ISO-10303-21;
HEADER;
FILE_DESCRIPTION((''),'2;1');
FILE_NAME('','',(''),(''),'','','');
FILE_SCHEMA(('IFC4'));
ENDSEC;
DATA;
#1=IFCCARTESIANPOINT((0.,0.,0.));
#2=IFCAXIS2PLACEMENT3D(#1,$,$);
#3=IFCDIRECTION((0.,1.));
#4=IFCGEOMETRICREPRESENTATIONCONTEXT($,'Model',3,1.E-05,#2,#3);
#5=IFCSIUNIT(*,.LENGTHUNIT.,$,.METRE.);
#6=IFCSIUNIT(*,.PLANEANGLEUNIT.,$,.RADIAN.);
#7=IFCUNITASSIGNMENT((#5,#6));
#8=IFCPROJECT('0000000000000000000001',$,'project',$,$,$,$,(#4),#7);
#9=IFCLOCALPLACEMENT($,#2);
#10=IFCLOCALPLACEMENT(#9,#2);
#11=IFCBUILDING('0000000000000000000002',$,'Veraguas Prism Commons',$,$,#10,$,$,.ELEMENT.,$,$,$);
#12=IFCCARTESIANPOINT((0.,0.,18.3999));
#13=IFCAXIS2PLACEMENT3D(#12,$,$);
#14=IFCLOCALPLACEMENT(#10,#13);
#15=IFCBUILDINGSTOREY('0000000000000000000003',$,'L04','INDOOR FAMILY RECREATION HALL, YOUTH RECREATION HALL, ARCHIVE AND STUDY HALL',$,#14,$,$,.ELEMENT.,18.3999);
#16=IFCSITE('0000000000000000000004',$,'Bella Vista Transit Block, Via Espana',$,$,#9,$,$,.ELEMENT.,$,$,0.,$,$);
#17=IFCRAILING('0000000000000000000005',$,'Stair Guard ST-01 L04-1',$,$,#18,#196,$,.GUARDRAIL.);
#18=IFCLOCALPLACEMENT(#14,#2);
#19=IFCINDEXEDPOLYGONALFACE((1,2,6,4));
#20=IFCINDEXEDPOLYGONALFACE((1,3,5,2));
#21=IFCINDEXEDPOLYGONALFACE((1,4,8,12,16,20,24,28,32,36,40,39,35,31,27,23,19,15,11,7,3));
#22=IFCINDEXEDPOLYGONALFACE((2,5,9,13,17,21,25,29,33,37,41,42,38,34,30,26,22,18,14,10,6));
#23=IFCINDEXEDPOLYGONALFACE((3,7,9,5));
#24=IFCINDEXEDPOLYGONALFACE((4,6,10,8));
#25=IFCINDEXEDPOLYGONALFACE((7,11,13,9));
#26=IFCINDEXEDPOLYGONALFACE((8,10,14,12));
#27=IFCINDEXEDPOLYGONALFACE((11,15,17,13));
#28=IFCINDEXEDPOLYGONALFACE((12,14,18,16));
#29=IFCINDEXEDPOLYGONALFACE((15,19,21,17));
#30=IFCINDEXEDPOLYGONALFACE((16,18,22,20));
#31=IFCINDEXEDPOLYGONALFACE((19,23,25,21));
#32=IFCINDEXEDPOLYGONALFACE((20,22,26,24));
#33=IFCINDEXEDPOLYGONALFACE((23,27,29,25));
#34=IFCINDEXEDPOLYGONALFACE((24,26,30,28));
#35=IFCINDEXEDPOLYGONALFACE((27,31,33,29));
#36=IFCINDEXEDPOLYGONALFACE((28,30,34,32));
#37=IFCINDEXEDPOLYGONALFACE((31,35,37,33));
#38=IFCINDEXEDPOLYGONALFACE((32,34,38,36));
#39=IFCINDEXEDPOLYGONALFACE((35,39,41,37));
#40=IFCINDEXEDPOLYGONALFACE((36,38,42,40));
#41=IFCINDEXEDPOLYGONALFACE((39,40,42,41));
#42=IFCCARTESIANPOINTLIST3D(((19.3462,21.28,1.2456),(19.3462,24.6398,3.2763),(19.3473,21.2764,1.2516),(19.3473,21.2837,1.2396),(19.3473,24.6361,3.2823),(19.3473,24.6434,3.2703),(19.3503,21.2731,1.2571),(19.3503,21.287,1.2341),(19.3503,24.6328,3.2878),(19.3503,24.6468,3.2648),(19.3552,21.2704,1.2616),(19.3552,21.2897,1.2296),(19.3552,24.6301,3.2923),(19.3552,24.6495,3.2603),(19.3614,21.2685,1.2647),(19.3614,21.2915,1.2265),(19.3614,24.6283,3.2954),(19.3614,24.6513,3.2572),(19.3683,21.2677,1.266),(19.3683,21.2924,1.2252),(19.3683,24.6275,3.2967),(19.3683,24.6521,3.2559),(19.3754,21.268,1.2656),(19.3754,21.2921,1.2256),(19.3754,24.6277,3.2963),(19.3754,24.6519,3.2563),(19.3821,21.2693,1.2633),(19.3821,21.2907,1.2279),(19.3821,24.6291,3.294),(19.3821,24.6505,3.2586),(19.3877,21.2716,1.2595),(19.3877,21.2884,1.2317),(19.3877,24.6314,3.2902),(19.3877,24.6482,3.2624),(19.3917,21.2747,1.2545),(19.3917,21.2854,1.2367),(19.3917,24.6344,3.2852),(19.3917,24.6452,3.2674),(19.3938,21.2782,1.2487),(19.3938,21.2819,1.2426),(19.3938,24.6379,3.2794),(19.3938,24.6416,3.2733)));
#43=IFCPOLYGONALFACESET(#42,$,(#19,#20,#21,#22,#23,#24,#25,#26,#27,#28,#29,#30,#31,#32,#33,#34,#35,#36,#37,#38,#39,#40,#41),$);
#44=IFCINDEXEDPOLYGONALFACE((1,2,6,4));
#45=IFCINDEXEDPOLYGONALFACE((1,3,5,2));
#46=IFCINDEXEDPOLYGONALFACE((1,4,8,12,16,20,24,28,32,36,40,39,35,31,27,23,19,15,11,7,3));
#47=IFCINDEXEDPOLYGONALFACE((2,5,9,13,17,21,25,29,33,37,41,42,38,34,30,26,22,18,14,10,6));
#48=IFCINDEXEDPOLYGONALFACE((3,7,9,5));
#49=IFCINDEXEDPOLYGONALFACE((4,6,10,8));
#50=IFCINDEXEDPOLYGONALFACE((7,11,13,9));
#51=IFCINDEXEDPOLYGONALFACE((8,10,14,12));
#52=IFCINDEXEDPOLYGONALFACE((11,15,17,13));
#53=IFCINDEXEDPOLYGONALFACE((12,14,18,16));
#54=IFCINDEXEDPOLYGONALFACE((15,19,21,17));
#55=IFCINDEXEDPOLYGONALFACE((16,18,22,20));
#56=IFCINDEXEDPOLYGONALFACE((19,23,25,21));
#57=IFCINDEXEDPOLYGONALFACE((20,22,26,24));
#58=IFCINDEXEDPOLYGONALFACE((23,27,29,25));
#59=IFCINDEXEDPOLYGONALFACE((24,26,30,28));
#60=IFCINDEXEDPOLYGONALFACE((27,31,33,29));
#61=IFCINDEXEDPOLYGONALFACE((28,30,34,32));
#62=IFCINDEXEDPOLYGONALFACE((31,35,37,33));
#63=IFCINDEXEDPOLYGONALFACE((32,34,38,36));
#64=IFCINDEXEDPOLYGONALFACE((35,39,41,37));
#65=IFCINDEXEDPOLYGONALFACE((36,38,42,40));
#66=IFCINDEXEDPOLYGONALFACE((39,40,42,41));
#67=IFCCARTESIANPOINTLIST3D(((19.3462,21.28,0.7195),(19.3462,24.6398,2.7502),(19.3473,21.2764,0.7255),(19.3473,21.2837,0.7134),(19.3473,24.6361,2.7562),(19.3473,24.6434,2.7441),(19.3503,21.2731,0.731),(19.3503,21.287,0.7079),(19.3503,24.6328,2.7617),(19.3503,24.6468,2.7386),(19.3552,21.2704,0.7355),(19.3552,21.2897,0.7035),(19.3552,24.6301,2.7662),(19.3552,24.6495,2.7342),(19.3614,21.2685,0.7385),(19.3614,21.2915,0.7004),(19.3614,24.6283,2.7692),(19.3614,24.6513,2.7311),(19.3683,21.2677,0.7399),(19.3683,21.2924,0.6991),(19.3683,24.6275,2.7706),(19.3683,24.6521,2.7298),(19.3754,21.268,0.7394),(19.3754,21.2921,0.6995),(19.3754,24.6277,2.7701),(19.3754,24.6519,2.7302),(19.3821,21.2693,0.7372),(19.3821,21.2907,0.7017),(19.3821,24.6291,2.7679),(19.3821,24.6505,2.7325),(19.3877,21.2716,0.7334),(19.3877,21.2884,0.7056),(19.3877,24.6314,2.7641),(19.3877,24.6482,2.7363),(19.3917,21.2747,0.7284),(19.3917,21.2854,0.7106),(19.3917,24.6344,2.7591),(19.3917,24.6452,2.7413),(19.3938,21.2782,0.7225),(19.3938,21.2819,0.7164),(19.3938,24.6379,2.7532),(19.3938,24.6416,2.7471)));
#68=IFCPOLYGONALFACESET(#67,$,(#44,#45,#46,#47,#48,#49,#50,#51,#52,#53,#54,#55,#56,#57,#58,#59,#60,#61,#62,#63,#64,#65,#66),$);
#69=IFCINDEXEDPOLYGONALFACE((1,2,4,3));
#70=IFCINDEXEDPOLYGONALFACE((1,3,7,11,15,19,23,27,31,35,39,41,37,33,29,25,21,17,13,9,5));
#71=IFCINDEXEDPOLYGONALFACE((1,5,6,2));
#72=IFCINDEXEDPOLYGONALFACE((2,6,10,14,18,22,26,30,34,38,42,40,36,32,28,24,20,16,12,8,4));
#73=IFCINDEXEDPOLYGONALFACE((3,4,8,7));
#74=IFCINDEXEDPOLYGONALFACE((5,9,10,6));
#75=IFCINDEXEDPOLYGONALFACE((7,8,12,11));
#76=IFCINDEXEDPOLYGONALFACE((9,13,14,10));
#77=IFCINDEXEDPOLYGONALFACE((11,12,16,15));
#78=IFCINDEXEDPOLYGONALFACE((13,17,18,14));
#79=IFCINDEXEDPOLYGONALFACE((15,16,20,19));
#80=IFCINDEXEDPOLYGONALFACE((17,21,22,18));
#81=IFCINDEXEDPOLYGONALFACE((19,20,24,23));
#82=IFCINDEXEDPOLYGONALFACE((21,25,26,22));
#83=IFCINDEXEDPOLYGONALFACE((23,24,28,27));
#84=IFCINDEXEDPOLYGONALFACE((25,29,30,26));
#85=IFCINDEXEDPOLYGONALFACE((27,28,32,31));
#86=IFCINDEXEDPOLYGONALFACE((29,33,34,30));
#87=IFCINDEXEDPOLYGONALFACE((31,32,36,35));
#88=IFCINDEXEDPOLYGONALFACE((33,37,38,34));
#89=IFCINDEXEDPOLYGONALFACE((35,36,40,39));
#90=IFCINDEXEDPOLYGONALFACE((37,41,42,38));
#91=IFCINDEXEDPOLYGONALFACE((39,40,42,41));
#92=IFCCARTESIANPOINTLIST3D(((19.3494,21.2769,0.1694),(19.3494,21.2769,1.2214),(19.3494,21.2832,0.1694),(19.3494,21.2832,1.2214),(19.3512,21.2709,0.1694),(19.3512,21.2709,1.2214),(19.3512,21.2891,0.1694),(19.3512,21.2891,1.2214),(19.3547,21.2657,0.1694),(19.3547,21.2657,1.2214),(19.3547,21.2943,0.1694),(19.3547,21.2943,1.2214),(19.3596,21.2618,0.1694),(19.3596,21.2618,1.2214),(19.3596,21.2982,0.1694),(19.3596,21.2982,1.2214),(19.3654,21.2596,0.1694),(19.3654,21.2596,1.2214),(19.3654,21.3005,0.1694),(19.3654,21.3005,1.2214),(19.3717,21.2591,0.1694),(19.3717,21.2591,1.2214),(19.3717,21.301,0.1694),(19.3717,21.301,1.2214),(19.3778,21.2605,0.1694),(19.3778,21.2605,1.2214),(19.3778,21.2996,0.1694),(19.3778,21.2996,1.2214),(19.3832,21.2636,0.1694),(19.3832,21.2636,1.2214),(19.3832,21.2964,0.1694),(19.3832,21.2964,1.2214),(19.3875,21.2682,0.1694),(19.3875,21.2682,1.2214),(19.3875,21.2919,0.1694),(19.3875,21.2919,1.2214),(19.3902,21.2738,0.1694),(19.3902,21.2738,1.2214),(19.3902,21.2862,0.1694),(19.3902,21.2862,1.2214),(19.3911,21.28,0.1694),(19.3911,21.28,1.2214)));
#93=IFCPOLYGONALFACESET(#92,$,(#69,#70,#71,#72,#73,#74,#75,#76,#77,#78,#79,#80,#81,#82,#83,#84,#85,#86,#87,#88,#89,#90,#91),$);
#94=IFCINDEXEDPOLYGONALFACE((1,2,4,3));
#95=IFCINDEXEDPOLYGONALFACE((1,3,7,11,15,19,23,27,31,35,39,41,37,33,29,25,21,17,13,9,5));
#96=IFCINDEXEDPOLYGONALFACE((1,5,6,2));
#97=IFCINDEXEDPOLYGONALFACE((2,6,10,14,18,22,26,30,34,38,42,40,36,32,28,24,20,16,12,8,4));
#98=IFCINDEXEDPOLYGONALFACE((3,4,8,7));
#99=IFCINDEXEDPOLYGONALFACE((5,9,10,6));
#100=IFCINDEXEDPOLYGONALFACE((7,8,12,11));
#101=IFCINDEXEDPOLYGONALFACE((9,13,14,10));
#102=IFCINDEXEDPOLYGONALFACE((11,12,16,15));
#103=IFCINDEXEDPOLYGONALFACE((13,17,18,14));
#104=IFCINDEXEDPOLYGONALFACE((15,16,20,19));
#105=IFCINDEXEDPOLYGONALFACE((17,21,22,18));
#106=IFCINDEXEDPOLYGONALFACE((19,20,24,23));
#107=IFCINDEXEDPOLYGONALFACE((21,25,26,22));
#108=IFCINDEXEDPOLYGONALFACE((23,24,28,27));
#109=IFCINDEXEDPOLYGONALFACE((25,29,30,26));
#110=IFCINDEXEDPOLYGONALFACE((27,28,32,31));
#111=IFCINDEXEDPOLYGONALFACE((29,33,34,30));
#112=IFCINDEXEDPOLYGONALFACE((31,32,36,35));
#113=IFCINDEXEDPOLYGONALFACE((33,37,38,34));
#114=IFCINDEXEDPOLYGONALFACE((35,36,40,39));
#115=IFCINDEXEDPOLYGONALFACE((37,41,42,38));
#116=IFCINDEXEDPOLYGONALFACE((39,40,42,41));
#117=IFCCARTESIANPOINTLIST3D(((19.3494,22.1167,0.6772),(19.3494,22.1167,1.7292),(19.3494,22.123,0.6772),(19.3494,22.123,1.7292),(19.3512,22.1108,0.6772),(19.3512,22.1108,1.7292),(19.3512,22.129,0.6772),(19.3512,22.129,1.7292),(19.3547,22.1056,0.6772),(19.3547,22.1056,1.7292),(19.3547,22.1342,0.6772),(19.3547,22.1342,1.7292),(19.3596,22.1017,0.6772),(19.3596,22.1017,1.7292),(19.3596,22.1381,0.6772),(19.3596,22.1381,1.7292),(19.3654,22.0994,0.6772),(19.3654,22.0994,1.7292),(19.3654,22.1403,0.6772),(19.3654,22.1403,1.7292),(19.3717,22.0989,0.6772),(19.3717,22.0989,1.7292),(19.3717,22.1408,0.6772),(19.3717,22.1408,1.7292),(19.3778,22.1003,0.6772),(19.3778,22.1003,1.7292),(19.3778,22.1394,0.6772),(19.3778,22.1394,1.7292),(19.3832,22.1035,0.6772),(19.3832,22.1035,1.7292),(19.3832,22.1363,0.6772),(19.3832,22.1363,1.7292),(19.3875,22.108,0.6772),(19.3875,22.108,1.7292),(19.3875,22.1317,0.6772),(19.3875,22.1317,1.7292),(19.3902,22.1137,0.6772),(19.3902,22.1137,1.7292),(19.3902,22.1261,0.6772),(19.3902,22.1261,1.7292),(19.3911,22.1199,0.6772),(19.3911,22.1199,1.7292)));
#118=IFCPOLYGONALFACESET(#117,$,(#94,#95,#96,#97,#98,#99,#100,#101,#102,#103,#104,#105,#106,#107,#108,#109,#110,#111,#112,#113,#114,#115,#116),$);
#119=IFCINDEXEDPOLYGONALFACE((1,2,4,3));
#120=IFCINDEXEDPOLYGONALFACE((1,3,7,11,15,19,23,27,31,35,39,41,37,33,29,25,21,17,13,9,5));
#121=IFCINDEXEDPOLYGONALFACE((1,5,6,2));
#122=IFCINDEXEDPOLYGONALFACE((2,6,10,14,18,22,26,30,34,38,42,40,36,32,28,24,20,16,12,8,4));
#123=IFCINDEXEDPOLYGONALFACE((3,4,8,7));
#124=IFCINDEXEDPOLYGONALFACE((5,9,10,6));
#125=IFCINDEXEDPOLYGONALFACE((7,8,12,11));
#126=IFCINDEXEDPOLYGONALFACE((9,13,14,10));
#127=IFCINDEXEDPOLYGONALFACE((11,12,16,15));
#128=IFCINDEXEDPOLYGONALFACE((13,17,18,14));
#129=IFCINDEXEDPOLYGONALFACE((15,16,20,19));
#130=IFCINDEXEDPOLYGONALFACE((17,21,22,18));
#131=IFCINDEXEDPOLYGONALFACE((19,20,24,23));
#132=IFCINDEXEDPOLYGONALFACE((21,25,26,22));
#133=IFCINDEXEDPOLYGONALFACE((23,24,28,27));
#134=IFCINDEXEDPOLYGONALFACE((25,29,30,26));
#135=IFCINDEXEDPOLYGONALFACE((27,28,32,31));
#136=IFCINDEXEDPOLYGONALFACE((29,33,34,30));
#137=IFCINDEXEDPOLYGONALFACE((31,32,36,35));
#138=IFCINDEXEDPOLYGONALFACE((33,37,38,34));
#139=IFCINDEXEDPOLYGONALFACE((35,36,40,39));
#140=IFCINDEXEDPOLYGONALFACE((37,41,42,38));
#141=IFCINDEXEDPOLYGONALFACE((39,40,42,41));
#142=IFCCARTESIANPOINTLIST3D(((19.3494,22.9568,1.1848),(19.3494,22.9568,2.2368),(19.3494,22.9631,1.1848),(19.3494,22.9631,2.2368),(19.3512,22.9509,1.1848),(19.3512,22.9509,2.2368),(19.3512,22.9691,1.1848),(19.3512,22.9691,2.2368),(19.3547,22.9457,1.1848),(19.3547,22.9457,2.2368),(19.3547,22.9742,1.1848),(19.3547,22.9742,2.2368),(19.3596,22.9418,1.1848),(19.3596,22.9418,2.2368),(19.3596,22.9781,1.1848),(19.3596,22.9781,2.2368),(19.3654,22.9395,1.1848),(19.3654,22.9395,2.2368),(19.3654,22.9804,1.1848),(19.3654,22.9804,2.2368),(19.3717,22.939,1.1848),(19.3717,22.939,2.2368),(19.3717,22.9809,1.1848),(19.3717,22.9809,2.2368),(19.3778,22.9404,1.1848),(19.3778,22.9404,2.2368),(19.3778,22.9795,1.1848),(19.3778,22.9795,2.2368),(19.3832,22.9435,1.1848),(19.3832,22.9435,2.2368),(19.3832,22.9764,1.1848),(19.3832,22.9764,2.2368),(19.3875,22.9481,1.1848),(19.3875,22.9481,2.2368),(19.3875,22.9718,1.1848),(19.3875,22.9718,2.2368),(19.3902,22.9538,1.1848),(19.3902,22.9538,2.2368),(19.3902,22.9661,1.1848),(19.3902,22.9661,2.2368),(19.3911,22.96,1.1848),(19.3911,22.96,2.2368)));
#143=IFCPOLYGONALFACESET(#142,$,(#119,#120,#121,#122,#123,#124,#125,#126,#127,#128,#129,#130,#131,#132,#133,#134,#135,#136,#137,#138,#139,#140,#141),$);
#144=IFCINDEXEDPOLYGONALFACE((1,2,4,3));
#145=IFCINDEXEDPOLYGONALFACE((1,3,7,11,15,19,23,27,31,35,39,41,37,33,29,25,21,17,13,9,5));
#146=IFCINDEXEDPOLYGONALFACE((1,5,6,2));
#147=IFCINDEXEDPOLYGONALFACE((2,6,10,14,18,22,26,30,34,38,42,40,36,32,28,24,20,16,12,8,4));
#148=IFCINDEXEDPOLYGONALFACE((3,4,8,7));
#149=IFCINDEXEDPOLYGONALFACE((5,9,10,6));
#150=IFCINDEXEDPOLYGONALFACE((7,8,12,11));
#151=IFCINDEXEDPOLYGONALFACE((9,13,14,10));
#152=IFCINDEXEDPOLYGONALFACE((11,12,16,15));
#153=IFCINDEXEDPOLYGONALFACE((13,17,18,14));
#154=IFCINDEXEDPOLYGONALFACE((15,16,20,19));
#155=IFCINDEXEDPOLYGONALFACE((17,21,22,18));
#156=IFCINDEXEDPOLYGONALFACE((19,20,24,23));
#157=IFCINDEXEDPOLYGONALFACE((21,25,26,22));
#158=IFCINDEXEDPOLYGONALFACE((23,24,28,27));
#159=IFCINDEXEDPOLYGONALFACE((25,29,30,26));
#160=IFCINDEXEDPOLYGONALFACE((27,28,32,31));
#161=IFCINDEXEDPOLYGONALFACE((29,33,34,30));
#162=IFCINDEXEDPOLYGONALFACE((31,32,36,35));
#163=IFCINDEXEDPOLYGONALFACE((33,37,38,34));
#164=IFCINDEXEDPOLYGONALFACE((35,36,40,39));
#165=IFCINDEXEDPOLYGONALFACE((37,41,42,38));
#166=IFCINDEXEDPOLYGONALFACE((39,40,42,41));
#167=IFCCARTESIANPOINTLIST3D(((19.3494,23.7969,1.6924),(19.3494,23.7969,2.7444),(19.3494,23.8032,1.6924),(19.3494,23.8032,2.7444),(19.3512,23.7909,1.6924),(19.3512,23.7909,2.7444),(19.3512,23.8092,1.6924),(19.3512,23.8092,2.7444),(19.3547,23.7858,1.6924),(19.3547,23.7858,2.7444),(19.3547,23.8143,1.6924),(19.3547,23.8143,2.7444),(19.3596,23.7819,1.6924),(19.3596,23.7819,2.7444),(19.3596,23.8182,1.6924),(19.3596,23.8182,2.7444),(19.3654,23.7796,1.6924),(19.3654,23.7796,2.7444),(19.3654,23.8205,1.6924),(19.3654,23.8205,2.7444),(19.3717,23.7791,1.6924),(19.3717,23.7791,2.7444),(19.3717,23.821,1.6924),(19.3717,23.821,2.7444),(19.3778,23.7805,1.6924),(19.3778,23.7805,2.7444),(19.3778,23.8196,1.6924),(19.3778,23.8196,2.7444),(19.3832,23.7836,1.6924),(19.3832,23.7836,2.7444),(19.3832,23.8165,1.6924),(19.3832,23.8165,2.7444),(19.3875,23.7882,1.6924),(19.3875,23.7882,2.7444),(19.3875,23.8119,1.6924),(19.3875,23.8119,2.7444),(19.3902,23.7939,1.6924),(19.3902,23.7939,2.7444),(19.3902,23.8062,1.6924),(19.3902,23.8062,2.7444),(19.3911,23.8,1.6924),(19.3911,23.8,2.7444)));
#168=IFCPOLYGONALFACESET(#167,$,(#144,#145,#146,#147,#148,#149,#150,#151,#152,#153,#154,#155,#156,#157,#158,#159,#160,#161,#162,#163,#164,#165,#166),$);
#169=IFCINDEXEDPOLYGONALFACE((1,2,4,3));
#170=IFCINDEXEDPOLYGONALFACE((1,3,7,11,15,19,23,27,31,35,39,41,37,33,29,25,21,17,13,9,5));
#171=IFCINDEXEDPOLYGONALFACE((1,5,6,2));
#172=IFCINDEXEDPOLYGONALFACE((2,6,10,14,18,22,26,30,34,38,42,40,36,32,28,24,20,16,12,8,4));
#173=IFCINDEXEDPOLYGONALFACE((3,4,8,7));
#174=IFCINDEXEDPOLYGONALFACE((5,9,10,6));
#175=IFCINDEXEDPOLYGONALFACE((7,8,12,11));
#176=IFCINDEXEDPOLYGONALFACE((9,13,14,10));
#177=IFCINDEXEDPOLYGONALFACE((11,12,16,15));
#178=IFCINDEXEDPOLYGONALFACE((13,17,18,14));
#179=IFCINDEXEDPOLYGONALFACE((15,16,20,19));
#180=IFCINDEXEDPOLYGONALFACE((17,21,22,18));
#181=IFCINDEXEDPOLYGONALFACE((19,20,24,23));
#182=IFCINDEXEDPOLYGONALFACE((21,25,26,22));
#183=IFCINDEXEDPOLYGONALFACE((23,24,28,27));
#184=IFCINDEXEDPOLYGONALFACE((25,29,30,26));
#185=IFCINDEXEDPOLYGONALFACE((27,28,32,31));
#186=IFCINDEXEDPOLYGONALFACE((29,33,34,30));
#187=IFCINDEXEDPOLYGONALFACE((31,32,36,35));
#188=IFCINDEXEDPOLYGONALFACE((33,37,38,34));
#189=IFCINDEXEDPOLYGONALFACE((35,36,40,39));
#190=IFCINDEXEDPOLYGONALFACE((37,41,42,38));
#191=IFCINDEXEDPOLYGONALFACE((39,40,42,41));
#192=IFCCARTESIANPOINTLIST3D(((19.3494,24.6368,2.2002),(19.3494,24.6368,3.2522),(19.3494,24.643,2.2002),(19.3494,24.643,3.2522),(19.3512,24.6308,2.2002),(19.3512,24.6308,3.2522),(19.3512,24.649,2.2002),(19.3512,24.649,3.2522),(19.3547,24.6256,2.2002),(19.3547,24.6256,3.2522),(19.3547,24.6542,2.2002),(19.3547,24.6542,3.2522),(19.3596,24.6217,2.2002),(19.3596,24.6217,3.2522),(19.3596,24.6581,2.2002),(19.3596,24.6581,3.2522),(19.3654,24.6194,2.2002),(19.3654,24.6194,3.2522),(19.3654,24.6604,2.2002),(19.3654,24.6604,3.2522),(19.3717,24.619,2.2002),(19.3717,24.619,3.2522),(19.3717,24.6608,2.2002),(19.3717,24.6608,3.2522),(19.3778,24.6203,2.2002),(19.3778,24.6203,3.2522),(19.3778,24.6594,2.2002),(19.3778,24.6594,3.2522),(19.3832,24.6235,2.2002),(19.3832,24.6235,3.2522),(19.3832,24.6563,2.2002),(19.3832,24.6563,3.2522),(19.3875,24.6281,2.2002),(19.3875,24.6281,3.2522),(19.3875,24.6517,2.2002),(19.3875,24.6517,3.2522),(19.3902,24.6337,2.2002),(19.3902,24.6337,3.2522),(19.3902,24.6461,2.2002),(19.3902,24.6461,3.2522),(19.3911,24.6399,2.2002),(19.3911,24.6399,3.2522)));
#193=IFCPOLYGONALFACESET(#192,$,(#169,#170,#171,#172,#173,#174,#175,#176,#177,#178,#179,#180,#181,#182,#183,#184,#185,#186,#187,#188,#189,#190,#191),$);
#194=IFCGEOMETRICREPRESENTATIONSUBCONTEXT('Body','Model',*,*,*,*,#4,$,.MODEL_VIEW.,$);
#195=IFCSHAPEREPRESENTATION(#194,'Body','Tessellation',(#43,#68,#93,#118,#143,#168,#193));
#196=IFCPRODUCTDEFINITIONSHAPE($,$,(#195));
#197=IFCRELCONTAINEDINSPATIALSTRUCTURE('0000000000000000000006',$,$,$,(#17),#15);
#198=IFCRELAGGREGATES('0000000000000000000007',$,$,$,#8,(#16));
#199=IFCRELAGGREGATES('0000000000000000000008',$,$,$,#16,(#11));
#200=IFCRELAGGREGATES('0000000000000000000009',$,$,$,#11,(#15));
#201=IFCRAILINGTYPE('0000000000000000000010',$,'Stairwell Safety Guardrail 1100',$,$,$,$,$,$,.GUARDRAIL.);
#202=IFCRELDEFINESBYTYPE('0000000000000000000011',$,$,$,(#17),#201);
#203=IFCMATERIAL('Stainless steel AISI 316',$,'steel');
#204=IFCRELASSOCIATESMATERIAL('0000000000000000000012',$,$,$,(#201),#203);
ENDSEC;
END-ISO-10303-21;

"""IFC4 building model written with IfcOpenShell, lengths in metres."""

from ifc_helpers import new_model, si_unit, direction, frame, origin, origin_2d, place, context, subcontext, project, spatial, circle, extrude, material, type_object, element, save


model = new_model("IFC4")

# Units and contexts
model_context = context("Model", 3, precision=1e-05, world=origin(), true_north=direction((0.0, 1.0)))
body_context = subcontext(model_context, "Body", "Model", "MODEL_VIEW")
ifc_project = project(units=[si_unit("LENGTHUNIT", "METRE"), si_unit("PLANEANGLEUNIT", "RADIAN")], contexts=[model_context])

# Site, building, storey
site_placement = place(None, origin())
site = spatial("IfcSite", under=ifc_project, at=site_placement, Name="Bella Vista Transit Block, Via Espana", CompositionType="ELEMENT", RefElevation=0.0)
building_placement = place(site_placement, origin())
building = spatial("IfcBuilding", under=site, at=building_placement, Name="Veraguas Prism Commons", CompositionType="ELEMENT")
storey_placement = place(building_placement, frame((0.0, 0.0, 18.3999)))
storey = spatial("IfcBuildingStorey", under=building, at=storey_placement, Name="L04", Description="INDOOR FAMILY RECREATION HALL, YOUTH RECREATION HALL, ARCHIVE AND STUDY HALL", CompositionType="ELEMENT", Elevation=18.3999)

# Railing
ifc_material_1 = material(Name="Stainless steel AISI 316", Category="steel")
railing_type_1 = type_object("IfcRailingType", Name="Stairwell Safety Guardrail 1100", PredefinedType="GUARDRAIL", material=ifc_material_1)
railing_1_placement = place(storey_placement, frame((19.3701, 21.28, 0.1694)))
element("IfcRailing", 1, at=railing_1_placement, inside=storey, type_object=railing_type_1, Name="Stair Guard ST-01 L04-1", PredefinedType="GUARDRAIL", context=body_context, shape_type="SweptSolid", body=[
    extrude(circle(Radius=0.0239, at=origin_2d()), frame((0.0, 0.0, 1.0762), z_axis=(0.0, 0.85582, 0.517273), x_axis=(-1.0, 0.0, 0.0)), (0.0, 0.0, 1.0), 3.9258),
    extrude(circle(Radius=0.0239, at=origin_2d()), frame((0.0, 0.0, 0.55), z_axis=(0.0, 0.85582, 0.517273), x_axis=(-1.0, 0.0, 0.0)), (0.0, 0.0, 1.0), 3.9258),
    extrude(circle(Radius=0.021, at=origin_2d()), origin(), (0.0, 0.0, 1.0), 1.052),
    extrude(circle(Radius=0.021, at=origin_2d()), frame((0.0, 0.8398, 0.5078)), (0.0, 0.0, 1.0), 1.052),
    extrude(circle(Radius=0.021, at=origin_2d()), frame((0.0, 1.6799, 1.0154)), (0.0, 0.0, 1.0), 1.052),
    extrude(circle(Radius=0.021, at=origin_2d()), frame((0.0, 2.52, 1.5229)), (0.0, 0.0, 1.0), 1.052),
    extrude(circle(Radius=0.021, at=origin_2d()), frame((0.0, 3.3599, 2.0308)), (0.0, 0.0, 1.0), 1.052),
])

save(model, "model.ifc")
